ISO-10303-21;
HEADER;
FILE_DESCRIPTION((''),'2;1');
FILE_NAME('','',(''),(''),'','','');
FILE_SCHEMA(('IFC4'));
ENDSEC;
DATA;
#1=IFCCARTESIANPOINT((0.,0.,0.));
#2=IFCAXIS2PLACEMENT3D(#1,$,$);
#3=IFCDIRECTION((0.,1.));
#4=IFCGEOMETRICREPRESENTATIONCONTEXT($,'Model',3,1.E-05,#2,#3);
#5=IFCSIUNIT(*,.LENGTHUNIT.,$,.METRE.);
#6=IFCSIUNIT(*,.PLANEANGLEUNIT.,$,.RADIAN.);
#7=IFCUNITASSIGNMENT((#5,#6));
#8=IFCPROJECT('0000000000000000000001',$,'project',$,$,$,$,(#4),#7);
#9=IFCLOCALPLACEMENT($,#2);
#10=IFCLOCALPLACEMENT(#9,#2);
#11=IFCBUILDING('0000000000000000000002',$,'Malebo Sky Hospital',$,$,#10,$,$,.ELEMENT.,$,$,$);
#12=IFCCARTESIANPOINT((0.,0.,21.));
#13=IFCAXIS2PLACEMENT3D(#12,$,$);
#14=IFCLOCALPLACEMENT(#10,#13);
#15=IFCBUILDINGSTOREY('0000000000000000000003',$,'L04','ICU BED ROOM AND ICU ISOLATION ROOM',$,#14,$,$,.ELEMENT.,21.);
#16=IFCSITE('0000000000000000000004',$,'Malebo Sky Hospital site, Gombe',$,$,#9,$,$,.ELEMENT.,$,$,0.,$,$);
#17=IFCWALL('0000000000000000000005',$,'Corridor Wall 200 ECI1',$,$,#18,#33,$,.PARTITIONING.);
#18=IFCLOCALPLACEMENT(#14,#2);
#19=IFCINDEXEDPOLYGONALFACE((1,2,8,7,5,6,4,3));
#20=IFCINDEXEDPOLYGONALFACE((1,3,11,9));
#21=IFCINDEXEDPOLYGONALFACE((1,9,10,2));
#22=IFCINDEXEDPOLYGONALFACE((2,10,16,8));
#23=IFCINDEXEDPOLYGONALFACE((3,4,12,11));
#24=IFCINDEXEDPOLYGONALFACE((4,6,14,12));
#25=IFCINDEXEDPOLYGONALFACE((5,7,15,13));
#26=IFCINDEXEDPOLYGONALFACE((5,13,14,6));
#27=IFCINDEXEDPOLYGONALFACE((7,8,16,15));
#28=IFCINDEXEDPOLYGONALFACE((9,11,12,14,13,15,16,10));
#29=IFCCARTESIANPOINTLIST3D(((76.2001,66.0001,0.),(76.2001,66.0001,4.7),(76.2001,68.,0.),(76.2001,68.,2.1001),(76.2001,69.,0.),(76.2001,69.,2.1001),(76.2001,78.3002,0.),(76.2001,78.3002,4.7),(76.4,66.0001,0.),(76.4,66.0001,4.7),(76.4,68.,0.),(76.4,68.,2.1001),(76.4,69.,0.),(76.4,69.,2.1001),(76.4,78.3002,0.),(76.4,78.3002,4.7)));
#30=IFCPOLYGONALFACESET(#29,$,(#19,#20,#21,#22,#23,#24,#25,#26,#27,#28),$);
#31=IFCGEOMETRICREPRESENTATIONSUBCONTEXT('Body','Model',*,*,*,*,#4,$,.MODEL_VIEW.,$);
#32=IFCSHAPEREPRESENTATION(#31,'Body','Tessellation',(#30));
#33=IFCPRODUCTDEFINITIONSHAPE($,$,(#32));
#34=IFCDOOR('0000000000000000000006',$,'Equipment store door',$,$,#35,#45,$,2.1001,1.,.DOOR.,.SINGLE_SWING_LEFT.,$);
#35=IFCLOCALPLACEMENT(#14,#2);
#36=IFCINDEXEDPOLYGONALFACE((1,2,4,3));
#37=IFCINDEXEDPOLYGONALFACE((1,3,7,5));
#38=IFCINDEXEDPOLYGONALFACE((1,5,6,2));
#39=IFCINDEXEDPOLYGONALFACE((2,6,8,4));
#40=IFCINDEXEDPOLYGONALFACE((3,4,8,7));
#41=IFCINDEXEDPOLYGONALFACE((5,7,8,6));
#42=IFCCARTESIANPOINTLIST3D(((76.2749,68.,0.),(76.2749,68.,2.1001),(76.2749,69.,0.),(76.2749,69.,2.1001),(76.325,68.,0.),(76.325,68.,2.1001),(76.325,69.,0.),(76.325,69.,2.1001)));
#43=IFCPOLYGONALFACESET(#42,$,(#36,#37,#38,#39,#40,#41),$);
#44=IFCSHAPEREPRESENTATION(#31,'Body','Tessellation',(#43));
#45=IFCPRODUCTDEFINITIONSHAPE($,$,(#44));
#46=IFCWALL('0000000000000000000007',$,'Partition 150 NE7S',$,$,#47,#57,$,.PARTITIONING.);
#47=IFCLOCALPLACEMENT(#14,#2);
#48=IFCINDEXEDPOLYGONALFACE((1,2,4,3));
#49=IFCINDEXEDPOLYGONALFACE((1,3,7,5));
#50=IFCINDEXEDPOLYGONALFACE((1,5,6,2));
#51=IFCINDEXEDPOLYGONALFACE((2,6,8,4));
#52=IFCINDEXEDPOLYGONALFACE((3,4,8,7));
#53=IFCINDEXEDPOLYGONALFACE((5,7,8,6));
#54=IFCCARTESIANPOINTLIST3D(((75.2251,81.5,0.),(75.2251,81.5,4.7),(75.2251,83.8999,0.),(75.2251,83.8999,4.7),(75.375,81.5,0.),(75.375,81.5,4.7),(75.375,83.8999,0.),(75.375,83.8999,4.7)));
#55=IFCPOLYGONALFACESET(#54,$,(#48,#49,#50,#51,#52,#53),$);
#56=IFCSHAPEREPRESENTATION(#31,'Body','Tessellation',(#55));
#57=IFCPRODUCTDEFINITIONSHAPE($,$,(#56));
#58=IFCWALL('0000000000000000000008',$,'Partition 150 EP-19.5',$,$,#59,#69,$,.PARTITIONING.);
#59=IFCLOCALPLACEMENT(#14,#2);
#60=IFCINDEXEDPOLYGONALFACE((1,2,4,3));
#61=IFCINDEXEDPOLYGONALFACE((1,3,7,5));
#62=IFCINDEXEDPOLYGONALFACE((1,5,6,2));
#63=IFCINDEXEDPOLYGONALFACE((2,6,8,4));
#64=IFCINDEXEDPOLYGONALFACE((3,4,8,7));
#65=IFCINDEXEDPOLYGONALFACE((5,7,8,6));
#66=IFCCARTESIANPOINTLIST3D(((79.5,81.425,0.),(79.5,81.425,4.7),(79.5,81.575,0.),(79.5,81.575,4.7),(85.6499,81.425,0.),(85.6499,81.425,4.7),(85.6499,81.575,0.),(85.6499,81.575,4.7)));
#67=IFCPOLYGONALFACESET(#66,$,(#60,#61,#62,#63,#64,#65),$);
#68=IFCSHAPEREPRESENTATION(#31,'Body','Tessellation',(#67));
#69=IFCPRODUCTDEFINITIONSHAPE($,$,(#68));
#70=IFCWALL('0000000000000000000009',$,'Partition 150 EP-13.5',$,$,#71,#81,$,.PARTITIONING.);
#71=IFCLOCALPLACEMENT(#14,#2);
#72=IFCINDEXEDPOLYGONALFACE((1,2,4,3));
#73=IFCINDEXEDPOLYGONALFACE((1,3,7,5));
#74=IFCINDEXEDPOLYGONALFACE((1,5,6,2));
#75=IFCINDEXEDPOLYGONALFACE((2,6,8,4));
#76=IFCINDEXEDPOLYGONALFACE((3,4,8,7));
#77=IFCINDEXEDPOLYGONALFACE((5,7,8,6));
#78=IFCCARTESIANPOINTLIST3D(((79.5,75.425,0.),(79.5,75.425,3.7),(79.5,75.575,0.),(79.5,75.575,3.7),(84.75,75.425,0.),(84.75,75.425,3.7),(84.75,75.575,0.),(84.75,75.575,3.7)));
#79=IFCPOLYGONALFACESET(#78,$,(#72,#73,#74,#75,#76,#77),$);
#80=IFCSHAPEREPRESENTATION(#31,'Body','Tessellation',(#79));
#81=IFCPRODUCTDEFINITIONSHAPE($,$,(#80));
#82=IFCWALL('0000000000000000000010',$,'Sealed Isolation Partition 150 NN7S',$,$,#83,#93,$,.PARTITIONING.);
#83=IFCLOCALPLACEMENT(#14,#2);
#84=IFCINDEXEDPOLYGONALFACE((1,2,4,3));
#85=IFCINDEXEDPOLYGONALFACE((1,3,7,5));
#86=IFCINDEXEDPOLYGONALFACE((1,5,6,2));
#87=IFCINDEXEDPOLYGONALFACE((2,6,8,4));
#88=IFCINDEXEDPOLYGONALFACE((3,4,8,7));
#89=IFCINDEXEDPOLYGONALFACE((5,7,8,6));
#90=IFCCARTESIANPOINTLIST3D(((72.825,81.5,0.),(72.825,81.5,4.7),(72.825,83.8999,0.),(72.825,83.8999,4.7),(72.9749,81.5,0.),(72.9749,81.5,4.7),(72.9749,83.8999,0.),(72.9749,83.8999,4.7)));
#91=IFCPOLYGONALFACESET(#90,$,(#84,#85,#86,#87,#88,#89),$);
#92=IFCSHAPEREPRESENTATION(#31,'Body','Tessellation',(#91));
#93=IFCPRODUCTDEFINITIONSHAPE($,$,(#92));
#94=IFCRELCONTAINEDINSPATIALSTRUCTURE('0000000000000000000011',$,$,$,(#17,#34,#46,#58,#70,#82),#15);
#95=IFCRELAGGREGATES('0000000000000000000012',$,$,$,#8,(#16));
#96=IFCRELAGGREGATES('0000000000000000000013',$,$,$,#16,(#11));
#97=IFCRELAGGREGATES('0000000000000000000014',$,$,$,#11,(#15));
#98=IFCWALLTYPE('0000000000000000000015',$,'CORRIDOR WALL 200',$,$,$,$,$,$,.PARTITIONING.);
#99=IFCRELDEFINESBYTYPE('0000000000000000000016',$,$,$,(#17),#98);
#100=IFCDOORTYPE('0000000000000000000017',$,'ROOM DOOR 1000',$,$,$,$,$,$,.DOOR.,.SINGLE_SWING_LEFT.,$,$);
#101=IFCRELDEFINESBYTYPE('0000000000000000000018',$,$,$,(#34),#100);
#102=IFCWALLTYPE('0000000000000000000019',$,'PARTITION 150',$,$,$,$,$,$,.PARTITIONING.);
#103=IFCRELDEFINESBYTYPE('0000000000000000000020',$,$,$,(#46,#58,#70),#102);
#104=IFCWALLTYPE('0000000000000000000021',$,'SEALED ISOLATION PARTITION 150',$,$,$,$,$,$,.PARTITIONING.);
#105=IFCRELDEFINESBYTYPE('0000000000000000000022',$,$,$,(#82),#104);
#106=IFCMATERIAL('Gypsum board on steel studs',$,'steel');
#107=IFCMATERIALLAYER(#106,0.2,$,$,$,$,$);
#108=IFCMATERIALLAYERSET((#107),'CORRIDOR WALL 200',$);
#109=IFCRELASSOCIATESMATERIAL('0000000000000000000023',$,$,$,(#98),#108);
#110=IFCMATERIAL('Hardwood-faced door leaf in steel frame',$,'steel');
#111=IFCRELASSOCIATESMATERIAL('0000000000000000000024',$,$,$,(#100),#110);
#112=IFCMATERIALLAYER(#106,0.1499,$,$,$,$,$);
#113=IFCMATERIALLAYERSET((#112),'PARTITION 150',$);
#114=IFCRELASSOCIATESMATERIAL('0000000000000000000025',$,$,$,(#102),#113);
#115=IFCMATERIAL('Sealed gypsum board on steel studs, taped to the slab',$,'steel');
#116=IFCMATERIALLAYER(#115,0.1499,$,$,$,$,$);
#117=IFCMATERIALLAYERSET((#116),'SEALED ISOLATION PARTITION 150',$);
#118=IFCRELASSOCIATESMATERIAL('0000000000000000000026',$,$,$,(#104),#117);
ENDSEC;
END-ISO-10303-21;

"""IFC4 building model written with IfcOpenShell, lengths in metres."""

from ifc_helpers import new_model, si_unit, direction, frame, frame_2d, origin, place, context, subcontext, project, spatial, rectangle, extrude, material, layer, layer_set, type_object, element, fill, save


model = new_model("IFC4")

# Units and contexts
model_context = context("Model", 3, precision=1e-05, world=origin(), true_north=direction((0.0, 1.0)))
body_context = subcontext(model_context, "Body", "Model", "MODEL_VIEW")
ifc_project = project(units=[si_unit("LENGTHUNIT", "METRE"), si_unit("PLANEANGLEUNIT", "RADIAN")], contexts=[model_context])

# Site, building, storey
site_placement = place(None, origin())
site = spatial("IfcSite", under=ifc_project, at=site_placement, Name="Malebo Sky Hospital site, Gombe", CompositionType="ELEMENT", RefElevation=0.0)
building_placement = place(site_placement, origin())
building = spatial("IfcBuilding", under=site, at=building_placement, Name="Malebo Sky Hospital", CompositionType="ELEMENT")
storey_placement = place(building_placement, frame((0.0, 0.0, 21.0)))
storey = spatial("IfcBuildingStorey", under=building, at=storey_placement, Name="L04", Description="ICU BED ROOM AND ICU ISOLATION ROOM", CompositionType="ELEMENT", Elevation=21.0)

# Shared definitions
ifc_material_1 = material(Name="Gypsum board on steel studs", Category="steel")
ifc_layer_1 = layer(ifc_material_1, 0.2)
ifc_layer_set_1 = layer_set([ifc_layer_1], Name="CORRIDOR WALL 200")
wall_type_1 = type_object("IfcWallType", Name="CORRIDOR WALL 200", PredefinedType="PARTITIONING", material=ifc_layer_set_1)
ifc_material_2 = material(Name="Hardwood-faced door leaf in steel frame", Category="steel")
door_type_1 = type_object("IfcDoorType", Name="ROOM DOOR 1000", OperationType="SINGLE_SWING_LEFT", PredefinedType="DOOR", material=ifc_material_2)

# Wall, opening, door
wall_1_placement = place(storey_placement, frame((76.3, 78.3, 0.0), z_axis=(0.0, 0.0, 1.0), x_axis=(0.0, -1.0, 0.0)))
wall_1 = element("IfcWall", 1, at=wall_1_placement, inside=storey, type_object=wall_type_1, Name="Corridor Wall 200 ECI1", PredefinedType="PARTITIONING", context=body_context, shape_type="SweptSolid", body=[
    extrude(rectangle(XDim=12.3, YDim=0.2, at=frame_2d((6.1499, 0.0))), origin(), (0.0, 0.0, 1.0), 4.7),
])
opening_1_placement = place(wall_1_placement, frame((9.3, 0.0, 0.0)))
opening_1 = element("IfcOpeningElement", 2, at=opening_1_placement, cuts=wall_1, PredefinedType="OPENING", context=body_context, shape_type="SweptSolid", body=[
    extrude(rectangle(XDim=1.0, YDim=2.1001, at=frame_2d((0.5, 1.05))), frame((0.0, 0.1099, 0.0), z_axis=(0.0, -1.0, 0.0), x_axis=(1.0, 0.0, 0.0)), (0.0, 0.0, 1.0), 0.22),
])
door_1_placement = place(opening_1_placement, origin())
door_1 = element("IfcDoor", 3, at=door_1_placement, inside=storey, type_object=door_type_1, Name="Equipment store door", OperationType="SINGLE_SWING_LEFT", OverallHeight=2.1001, OverallWidth=1.0, PredefinedType="DOOR", context=body_context, shape_type="SweptSolid", body=[
    extrude(rectangle(XDim=1.0, YDim=2.1001, at=frame_2d((0.5, 1.05))), frame((0.0, 0.0249, 0.0), z_axis=(0.0, -1.0, 0.0), x_axis=(1.0, 0.0, 0.0)), (0.0, 0.0, 1.0), 0.05),
])
fill(opening_1, door_1)

# Walls
ifc_layer_2 = layer(ifc_material_1, 0.1499)
ifc_layer_set_2 = layer_set([ifc_layer_2], Name="PARTITION 150")
wall_type_2 = type_object("IfcWallType", Name="PARTITION 150", PredefinedType="PARTITIONING", material=ifc_layer_set_2)
wall_2_placement = place(storey_placement, frame((75.3, 81.5, 0.0), z_axis=(0.0, 0.0, 1.0), x_axis=(0.0, 1.0, 0.0)))
element("IfcWall", 4, at=wall_2_placement, inside=storey, type_object=wall_type_2, Name="Partition 150 NE7S", PredefinedType="PARTITIONING", context=body_context, shape_type="SweptSolid", body=[
    extrude(rectangle(XDim=2.3999, YDim=0.1499, at=frame_2d((1.2, 0.0))), origin(), (0.0, 0.0, 1.0), 4.7),
])
wall_3_placement = place(storey_placement, frame((79.5, 81.5, 0.0), z_axis=(0.0, 0.0, 1.0), x_axis=(1.0, 0.0, 0.0)))
element("IfcWall", 5, at=wall_3_placement, inside=storey, type_object=wall_type_2, Name="Partition 150 EP-19.5", PredefinedType="PARTITIONING", context=body_context, shape_type="SweptSolid", body=[
    extrude(rectangle(XDim=6.1499, YDim=0.1499, at=frame_2d((3.075, 0.0))), origin(), (0.0, 0.0, 1.0), 4.7),
])
wall_4_placement = place(storey_placement, frame((79.5, 75.5, 0.0), z_axis=(0.0, 0.0, 1.0), x_axis=(1.0, 0.0, 0.0)))
element("IfcWall", 6, at=wall_4_placement, inside=storey, type_object=wall_type_2, Name="Partition 150 EP-13.5", PredefinedType="PARTITIONING", context=body_context, shape_type="SweptSolid", body=[
    extrude(rectangle(XDim=5.25, YDim=0.1499, at=frame_2d((2.625, 0.0))), origin(), (0.0, 0.0, 1.0), 3.7),
])
ifc_material_3 = material(Name="Sealed gypsum board on steel studs, taped to the slab", Category="steel")
ifc_layer_3 = layer(ifc_material_3, 0.1499)
ifc_layer_set_3 = layer_set([ifc_layer_3], Name="SEALED ISOLATION PARTITION 150")
wall_type_3 = type_object("IfcWallType", Name="SEALED ISOLATION PARTITION 150", PredefinedType="PARTITIONING", material=ifc_layer_set_3)
wall_5_placement = place(storey_placement, frame((72.8999, 81.5, 0.0), z_axis=(0.0, 0.0, 1.0), x_axis=(0.0, 1.0, 0.0)))
element("IfcWall", 7, at=wall_5_placement, inside=storey, type_object=wall_type_3, Name="Sealed Isolation Partition 150 NN7S", PredefinedType="PARTITIONING", context=body_context, shape_type="SweptSolid", body=[
    extrude(rectangle(XDim=2.3999, YDim=0.1499, at=frame_2d((1.2, 0.0))), origin(), (0.0, 0.0, 1.0), 4.7),
])

save(model, "model.ifc")
